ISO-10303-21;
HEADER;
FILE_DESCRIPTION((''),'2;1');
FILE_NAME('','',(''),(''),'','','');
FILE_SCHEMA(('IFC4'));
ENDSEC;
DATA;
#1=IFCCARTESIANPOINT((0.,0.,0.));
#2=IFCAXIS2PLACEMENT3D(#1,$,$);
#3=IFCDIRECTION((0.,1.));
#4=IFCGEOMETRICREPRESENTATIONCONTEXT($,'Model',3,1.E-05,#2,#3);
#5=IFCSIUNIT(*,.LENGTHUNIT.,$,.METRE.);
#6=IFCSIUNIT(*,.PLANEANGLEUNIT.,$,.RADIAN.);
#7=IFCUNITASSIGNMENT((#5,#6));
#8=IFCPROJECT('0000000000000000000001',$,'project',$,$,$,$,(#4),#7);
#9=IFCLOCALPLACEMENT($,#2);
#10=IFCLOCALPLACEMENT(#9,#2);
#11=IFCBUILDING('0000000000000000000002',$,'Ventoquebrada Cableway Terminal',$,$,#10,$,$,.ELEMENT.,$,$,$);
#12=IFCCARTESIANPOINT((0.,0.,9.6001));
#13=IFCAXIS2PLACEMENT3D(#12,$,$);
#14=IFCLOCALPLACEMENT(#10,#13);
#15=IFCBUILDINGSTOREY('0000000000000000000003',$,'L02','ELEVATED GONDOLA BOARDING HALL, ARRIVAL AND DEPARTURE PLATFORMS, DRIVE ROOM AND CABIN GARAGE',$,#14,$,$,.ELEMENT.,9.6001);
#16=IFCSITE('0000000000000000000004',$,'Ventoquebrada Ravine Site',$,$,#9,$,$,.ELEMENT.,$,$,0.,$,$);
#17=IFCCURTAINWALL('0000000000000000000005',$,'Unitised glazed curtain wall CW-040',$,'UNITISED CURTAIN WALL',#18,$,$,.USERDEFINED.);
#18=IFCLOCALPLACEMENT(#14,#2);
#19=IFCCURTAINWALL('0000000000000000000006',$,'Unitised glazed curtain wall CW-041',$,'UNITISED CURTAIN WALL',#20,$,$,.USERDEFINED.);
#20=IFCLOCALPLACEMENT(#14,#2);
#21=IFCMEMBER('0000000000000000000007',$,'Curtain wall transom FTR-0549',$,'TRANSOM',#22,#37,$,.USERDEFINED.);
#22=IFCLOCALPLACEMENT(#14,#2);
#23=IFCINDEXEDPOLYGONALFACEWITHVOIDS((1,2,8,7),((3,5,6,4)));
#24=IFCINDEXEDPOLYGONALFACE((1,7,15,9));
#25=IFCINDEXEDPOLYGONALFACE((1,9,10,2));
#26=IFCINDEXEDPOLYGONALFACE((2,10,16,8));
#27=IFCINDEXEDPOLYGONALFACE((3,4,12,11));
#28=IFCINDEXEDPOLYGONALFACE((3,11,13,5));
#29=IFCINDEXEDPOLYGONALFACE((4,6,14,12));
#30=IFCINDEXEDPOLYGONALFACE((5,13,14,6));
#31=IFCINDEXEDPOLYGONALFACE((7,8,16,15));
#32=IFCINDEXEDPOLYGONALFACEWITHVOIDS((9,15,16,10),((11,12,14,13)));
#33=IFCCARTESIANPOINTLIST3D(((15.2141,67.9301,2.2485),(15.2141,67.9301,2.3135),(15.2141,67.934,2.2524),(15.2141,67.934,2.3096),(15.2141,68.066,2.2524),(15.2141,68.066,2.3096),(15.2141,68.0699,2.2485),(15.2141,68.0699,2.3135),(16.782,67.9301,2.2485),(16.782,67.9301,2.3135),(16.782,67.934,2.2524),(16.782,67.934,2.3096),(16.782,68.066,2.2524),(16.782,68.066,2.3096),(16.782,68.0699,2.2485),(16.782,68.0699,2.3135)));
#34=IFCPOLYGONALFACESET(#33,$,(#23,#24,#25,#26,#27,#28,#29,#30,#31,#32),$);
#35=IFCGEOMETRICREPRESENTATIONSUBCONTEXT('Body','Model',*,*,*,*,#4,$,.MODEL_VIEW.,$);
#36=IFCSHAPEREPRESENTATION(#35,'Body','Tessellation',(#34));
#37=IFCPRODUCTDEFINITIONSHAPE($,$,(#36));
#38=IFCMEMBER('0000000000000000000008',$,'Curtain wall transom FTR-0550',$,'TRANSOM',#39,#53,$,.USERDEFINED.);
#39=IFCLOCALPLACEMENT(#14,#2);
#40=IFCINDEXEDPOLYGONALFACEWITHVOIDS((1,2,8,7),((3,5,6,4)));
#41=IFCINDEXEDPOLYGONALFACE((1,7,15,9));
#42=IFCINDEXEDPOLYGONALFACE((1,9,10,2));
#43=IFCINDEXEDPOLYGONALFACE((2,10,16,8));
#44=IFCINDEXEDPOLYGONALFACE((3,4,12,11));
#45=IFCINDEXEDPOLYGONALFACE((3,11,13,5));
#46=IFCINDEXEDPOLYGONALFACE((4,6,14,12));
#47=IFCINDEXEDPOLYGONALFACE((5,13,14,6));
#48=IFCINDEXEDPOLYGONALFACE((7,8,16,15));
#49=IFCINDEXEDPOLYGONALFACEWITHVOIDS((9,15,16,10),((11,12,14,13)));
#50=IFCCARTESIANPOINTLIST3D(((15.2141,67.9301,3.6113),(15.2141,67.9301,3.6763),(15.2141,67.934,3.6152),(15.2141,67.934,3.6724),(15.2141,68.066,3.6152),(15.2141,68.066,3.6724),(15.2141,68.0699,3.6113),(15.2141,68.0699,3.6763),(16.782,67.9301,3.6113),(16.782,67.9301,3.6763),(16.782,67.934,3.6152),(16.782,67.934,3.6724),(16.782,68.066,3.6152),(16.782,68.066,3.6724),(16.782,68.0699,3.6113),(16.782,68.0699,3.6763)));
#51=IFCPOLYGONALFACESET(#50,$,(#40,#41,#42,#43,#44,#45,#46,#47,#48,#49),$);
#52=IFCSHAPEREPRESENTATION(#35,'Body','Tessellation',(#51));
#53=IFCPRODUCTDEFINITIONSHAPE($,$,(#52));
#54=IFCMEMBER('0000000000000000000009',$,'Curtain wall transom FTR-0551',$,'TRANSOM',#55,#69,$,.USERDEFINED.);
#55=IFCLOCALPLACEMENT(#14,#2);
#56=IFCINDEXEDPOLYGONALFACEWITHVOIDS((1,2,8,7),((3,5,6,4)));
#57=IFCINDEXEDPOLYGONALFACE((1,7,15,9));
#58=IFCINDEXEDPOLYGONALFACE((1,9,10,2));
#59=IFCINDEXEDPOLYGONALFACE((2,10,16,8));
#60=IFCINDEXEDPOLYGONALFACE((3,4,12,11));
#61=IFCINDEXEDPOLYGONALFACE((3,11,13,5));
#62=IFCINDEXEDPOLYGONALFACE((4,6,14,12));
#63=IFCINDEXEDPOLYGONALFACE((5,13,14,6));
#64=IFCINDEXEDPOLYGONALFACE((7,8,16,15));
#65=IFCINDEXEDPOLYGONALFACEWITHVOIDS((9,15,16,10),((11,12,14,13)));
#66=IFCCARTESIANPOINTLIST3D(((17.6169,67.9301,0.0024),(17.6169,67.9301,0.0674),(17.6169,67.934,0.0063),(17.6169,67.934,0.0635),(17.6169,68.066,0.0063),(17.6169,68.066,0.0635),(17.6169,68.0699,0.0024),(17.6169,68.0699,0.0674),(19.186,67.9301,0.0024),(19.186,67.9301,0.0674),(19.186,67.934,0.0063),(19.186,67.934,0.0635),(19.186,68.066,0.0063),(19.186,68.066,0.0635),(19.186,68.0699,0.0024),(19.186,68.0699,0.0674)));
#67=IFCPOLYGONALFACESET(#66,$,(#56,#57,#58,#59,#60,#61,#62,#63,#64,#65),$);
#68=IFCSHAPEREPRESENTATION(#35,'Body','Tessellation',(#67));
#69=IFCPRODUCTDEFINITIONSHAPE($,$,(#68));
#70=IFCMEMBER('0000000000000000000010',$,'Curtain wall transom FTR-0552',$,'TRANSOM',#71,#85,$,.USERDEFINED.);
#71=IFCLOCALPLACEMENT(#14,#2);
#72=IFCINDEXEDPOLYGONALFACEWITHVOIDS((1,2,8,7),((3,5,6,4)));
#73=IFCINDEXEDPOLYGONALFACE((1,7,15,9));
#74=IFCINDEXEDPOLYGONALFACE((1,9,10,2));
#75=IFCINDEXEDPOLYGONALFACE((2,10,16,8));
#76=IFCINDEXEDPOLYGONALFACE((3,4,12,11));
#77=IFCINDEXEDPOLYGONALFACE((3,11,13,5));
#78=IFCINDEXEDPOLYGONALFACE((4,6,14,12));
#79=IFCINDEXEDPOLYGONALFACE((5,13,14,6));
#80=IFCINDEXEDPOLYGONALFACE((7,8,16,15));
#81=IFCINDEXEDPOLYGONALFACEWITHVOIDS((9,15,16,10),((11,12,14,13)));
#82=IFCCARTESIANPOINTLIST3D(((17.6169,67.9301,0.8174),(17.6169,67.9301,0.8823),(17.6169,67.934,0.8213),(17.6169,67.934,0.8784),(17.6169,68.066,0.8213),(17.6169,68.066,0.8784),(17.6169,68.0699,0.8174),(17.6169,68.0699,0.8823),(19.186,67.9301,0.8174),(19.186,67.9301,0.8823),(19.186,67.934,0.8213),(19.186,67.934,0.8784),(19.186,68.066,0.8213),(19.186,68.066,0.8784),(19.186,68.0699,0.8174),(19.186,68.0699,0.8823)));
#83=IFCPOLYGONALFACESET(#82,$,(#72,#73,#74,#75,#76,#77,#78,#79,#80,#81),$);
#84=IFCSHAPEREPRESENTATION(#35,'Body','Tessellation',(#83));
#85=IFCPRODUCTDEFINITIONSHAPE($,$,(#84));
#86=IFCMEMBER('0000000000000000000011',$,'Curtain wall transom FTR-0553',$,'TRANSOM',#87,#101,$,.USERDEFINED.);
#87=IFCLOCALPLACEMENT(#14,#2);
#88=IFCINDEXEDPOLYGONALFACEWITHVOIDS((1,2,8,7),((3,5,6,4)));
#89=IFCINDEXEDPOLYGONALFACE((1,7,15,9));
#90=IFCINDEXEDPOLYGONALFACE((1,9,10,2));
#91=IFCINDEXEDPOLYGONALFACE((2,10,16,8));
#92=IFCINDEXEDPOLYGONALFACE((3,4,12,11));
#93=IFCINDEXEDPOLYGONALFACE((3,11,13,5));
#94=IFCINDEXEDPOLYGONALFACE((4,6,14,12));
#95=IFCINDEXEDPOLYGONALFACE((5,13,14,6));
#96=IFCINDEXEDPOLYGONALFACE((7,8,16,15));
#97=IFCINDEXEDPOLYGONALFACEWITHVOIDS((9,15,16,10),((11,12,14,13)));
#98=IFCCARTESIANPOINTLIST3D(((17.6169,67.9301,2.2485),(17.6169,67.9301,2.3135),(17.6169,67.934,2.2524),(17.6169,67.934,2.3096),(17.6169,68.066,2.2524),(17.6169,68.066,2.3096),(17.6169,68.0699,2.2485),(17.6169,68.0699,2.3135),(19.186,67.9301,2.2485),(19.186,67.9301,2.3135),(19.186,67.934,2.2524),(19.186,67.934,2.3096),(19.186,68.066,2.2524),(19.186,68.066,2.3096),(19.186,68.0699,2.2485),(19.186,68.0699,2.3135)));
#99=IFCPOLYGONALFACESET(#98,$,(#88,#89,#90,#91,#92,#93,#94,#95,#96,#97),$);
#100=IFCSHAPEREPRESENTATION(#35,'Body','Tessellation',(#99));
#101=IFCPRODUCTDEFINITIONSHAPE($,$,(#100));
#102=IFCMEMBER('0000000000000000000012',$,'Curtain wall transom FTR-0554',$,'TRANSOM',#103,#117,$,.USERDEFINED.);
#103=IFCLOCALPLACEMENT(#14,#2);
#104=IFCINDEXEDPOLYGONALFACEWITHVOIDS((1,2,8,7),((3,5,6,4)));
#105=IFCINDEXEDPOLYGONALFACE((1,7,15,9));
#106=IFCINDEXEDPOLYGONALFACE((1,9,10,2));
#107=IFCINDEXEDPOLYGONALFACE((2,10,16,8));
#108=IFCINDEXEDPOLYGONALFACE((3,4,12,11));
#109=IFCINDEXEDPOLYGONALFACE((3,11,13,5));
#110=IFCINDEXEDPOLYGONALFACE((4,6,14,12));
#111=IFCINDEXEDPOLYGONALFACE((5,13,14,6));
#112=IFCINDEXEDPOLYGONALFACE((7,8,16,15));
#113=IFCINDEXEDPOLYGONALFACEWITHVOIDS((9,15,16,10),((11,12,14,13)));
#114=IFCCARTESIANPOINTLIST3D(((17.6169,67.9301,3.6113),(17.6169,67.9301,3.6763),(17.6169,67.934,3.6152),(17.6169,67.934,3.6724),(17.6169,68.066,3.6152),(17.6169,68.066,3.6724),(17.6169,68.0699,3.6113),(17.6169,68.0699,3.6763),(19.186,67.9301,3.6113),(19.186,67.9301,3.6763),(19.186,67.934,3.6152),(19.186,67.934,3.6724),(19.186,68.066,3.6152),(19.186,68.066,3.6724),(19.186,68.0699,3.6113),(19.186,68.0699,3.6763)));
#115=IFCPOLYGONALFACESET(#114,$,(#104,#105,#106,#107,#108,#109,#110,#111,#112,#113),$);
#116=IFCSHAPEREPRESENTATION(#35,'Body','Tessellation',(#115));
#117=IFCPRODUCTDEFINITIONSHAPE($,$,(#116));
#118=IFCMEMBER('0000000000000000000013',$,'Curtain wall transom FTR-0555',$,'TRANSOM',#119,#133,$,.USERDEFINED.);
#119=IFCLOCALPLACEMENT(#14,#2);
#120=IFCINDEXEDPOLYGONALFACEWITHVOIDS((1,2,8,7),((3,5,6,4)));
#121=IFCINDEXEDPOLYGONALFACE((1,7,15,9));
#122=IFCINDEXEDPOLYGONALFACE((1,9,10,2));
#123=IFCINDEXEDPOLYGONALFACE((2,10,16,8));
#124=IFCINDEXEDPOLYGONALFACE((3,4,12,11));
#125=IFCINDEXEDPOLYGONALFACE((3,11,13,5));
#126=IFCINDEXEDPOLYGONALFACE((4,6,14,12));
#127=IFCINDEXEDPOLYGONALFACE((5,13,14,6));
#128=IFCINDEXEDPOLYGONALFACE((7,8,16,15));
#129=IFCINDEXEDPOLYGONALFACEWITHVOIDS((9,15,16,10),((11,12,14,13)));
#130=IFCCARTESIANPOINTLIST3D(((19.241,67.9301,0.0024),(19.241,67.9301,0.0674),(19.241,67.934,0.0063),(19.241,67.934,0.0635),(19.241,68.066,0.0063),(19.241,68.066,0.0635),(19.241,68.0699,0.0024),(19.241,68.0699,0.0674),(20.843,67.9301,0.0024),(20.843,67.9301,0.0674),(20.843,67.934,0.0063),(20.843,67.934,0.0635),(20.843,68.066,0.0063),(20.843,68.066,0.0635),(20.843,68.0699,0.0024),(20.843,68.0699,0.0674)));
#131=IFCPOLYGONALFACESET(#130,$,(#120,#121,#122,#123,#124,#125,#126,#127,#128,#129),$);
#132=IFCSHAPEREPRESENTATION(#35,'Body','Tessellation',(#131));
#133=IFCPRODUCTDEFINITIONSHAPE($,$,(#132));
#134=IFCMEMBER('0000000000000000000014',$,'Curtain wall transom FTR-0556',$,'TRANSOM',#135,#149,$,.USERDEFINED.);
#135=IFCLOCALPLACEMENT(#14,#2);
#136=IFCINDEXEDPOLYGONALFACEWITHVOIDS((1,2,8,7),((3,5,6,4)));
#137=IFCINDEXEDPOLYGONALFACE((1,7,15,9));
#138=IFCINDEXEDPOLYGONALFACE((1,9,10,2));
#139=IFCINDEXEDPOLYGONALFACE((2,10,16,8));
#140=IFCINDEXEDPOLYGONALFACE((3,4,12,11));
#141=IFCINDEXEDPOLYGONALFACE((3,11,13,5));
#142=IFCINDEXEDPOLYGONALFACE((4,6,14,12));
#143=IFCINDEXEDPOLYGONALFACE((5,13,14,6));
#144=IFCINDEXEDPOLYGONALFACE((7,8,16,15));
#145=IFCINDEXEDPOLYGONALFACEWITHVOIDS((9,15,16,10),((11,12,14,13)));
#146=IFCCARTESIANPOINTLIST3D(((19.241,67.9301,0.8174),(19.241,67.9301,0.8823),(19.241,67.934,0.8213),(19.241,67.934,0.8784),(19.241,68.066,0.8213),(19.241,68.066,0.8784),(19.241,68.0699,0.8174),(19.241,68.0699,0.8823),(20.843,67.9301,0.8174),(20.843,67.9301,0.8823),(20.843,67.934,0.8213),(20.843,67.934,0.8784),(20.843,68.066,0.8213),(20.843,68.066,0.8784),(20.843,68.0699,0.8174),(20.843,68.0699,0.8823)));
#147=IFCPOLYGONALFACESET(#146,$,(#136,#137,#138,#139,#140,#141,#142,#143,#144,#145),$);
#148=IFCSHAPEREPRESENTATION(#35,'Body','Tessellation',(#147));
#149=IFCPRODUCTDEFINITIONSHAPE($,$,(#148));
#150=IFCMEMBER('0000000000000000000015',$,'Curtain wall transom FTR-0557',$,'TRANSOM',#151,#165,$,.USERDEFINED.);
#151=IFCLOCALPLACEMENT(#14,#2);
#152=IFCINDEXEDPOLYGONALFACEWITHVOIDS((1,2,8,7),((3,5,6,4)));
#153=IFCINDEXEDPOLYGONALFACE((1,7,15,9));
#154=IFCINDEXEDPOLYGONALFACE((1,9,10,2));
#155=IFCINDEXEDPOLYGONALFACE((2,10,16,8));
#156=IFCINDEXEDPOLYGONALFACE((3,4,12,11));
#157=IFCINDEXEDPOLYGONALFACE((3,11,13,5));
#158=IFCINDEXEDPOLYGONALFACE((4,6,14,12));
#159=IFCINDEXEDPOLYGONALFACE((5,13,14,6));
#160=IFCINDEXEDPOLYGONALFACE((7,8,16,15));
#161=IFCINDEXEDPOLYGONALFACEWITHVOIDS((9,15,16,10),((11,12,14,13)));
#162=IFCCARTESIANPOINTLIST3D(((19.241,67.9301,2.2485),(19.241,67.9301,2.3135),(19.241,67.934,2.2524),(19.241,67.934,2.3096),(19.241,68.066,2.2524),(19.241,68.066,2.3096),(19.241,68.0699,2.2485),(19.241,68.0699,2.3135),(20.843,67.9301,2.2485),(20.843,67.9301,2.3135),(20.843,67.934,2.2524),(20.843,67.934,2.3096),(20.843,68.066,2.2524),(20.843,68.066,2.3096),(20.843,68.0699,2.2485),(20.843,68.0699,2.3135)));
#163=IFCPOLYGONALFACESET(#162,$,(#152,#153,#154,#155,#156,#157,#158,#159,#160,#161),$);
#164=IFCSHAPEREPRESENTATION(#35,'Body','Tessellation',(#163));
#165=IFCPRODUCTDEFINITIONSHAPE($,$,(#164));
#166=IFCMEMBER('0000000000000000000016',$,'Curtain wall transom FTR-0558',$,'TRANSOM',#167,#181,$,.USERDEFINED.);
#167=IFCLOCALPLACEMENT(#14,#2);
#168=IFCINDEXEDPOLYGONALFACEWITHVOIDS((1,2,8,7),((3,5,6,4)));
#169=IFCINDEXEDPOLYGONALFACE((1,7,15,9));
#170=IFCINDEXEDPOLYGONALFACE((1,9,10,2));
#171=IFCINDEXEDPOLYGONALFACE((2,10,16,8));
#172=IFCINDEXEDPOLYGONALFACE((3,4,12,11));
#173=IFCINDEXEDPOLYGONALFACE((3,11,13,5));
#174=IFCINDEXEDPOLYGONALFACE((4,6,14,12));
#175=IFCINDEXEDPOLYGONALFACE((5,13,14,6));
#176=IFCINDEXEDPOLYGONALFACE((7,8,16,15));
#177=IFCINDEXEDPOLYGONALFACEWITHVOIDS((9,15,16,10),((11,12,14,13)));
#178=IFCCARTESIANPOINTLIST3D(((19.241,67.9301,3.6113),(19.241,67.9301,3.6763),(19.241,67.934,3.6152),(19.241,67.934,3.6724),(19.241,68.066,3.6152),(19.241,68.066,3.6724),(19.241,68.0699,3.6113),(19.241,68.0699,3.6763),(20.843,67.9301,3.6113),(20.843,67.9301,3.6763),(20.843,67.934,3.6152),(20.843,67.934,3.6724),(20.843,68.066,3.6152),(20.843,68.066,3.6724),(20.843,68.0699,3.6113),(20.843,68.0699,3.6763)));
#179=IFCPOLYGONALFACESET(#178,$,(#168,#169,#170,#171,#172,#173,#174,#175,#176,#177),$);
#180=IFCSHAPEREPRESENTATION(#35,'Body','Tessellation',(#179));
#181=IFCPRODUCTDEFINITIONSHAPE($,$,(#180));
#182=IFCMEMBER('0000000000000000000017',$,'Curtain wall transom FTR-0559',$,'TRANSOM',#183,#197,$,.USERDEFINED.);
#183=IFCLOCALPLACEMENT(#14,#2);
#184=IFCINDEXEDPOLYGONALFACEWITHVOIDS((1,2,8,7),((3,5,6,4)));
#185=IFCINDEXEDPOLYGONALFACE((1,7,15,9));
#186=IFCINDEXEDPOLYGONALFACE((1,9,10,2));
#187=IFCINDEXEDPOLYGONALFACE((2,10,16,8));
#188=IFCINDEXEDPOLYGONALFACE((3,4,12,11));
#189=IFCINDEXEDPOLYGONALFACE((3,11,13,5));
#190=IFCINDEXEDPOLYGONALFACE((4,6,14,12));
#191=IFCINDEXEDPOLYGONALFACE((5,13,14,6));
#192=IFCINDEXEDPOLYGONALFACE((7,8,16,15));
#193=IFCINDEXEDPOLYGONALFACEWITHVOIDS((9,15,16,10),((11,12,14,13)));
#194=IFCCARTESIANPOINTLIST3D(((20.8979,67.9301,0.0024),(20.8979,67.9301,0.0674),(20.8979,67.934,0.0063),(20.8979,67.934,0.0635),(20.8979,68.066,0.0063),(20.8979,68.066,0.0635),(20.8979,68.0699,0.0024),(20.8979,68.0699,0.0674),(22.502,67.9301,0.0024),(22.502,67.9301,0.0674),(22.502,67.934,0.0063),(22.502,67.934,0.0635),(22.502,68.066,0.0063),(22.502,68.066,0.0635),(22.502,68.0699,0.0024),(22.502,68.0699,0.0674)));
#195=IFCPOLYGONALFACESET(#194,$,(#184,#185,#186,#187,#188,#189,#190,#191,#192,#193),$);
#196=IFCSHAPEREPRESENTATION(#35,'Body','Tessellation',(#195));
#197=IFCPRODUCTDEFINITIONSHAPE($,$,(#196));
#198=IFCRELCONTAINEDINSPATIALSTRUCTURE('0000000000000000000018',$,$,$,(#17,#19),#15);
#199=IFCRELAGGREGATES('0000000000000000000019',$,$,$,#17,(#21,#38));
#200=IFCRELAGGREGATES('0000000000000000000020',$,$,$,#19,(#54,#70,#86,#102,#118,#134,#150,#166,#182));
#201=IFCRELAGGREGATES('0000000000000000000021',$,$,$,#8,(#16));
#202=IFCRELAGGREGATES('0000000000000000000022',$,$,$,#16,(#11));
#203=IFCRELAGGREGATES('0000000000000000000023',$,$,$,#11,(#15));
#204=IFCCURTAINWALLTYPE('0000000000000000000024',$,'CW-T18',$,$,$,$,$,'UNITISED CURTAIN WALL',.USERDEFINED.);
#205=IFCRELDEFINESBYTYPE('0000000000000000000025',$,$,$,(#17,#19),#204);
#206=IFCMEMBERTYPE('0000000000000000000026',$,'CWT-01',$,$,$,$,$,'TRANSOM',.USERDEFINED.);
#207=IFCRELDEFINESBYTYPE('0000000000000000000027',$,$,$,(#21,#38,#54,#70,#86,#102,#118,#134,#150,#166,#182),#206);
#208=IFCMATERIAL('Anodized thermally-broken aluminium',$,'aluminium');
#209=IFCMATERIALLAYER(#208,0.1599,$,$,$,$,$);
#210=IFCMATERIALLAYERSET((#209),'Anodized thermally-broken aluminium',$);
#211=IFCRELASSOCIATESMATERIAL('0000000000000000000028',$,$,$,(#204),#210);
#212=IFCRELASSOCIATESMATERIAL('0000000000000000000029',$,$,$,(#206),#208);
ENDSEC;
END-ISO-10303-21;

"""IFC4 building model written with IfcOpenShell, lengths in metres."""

from ifc_helpers import new_model, si_unit, direction, frame, origin, origin_2d, place, context, subcontext, project, spatial, hollow_rectangle, extrude, material, layer, layer_set, material_profile, profile_set, type_object, element, aggregate, save


model = new_model("IFC4")

# Units and contexts
model_context = context("Model", 3, precision=1e-05, world=origin(), true_north=direction((0.0, 1.0)))
body_context = subcontext(model_context, "Body", "Model", "MODEL_VIEW")
ifc_project = project(units=[si_unit("LENGTHUNIT", "METRE"), si_unit("PLANEANGLEUNIT", "RADIAN")], contexts=[model_context])

# Site, building, storey
site_placement = place(None, origin())
site = spatial("IfcSite", under=ifc_project, at=site_placement, Name="Ventoquebrada Ravine Site", CompositionType="ELEMENT", RefElevation=0.0)
building_placement = place(site_placement, origin())
building = spatial("IfcBuilding", under=site, at=building_placement, Name="Ventoquebrada Cableway Terminal", CompositionType="ELEMENT")
storey_placement = place(building_placement, frame((0.0, 0.0, 9.6001)))
storey = spatial("IfcBuildingStorey", under=building, at=storey_placement, Name="L02", Description="ELEVATED GONDOLA BOARDING HALL, ARRIVAL AND DEPARTURE PLATFORMS, DRIVE ROOM AND CABIN GARAGE", CompositionType="ELEMENT", Elevation=9.6001)

# Curtain walls
ifc_material_1 = material(Name="Anodized thermally-broken aluminium", Category="aluminium")
ifc_layer_1 = layer(ifc_material_1, 0.1599)
ifc_layer_set_1 = layer_set([ifc_layer_1], Name="Anodized thermally-broken aluminium")
curtain_wall_type = type_object("IfcCurtainWallType", Name="CW-T18", ElementType="UNITISED CURTAIN WALL", PredefinedType="USERDEFINED", material=ifc_layer_set_1)
curtain_wall_1_placement = place(storey_placement, origin())
curtain_wall_1 = element("IfcCurtainWall", 1, at=curtain_wall_1_placement, inside=storey, type_object=curtain_wall_type, Name="Unitised glazed curtain wall CW-040", ObjectType="UNITISED CURTAIN WALL", PredefinedType="USERDEFINED")
curtain_wall_2_placement = place(storey_placement, origin())
curtain_wall_2 = element("IfcCurtainWall", 2, at=curtain_wall_2_placement, inside=storey, type_object=curtain_wall_type, Name="Unitised glazed curtain wall CW-041", ObjectType="UNITISED CURTAIN WALL", PredefinedType="USERDEFINED")

# Members
ifc_material_profile_1 = material_profile(ifc_material_1, hollow_rectangle(XDim=0.0649, YDim=0.1399, WallThickness=0.0039, at=origin_2d()), Name="CW-TRN-65X140")
ifc_profile_set_1 = profile_set([ifc_material_profile_1], Name="Anodized thermally-broken aluminium")
member_type_1 = type_object("IfcMemberType", Name="CWT-01", ElementType="TRANSOM", PredefinedType="USERDEFINED", material=ifc_profile_set_1)
member_1_placement = place(storey_placement, frame((15.2141, 68.0, 2.281), z_axis=(1.0, 0.0, 0.0), x_axis=(0.0, 0.0, 1.0)))
member_1 = element("IfcMember", 3, at=member_1_placement, type_object=member_type_1, Name="Curtain wall transom FTR-0549", ObjectType="TRANSOM", PredefinedType="USERDEFINED", context=body_context, shape_type="SweptSolid", body=[
    extrude(hollow_rectangle(XDim=0.0649, YDim=0.1399, WallThickness=0.0039, at=origin_2d()), origin(), (0.0, 0.0, 1.0), 1.5679),
])
member_2_placement = place(storey_placement, frame((15.2141, 68.0, 3.6438), z_axis=(1.0, 0.0, 0.0), x_axis=(0.0, 0.0, 1.0)))
member_2 = element("IfcMember", 4, at=member_2_placement, type_object=member_type_1, Name="Curtain wall transom FTR-0550", ObjectType="TRANSOM", PredefinedType="USERDEFINED", context=body_context, shape_type="SweptSolid", body=[
    extrude(hollow_rectangle(XDim=0.0649, YDim=0.1399, WallThickness=0.0039, at=origin_2d()), origin(), (0.0, 0.0, 1.0), 1.5679),
])
member_3_placement = place(storey_placement, frame((17.6169, 68.0, 0.0349), z_axis=(1.0, 0.0, 0.0), x_axis=(0.0, 0.0, 1.0)))
member_3 = element("IfcMember", 5, at=member_3_placement, type_object=member_type_1, Name="Curtain wall transom FTR-0551", ObjectType="TRANSOM", PredefinedType="USERDEFINED", context=body_context, shape_type="SweptSolid", body=[
    extrude(hollow_rectangle(XDim=0.0649, YDim=0.1399, WallThickness=0.0039, at=origin_2d()), origin(), (0.0, 0.0, 1.0), 1.5691),
])
member_4_placement = place(storey_placement, frame((17.6169, 68.0, 0.8499), z_axis=(1.0, 0.0, 0.0), x_axis=(0.0, 0.0, 1.0)))
member_4 = element("IfcMember", 6, at=member_4_placement, type_object=member_type_1, Name="Curtain wall transom FTR-0552", ObjectType="TRANSOM", PredefinedType="USERDEFINED", context=body_context, shape_type="SweptSolid", body=[
    extrude(hollow_rectangle(XDim=0.0649, YDim=0.1399, WallThickness=0.0039, at=origin_2d()), origin(), (0.0, 0.0, 1.0), 1.5691),
])
member_5_placement = place(storey_placement, frame((17.6169, 68.0, 2.281), z_axis=(1.0, 0.0, 0.0), x_axis=(0.0, 0.0, 1.0)))
member_5 = element("IfcMember", 7, at=member_5_placement, type_object=member_type_1, Name="Curtain wall transom FTR-0553", ObjectType="TRANSOM", PredefinedType="USERDEFINED", context=body_context, shape_type="SweptSolid", body=[
    extrude(hollow_rectangle(XDim=0.0649, YDim=0.1399, WallThickness=0.0039, at=origin_2d()), origin(), (0.0, 0.0, 1.0), 1.5691),
])
member_6_placement = place(storey_placement, frame((17.6169, 68.0, 3.6438), z_axis=(1.0, 0.0, 0.0), x_axis=(0.0, 0.0, 1.0)))
member_6 = element("IfcMember", 8, at=member_6_placement, type_object=member_type_1, Name="Curtain wall transom FTR-0554", ObjectType="TRANSOM", PredefinedType="USERDEFINED", context=body_context, shape_type="SweptSolid", body=[
    extrude(hollow_rectangle(XDim=0.0649, YDim=0.1399, WallThickness=0.0039, at=origin_2d()), origin(), (0.0, 0.0, 1.0), 1.5691),
])
member_7_placement = place(storey_placement, frame((19.241, 68.0, 0.0349), z_axis=(1.0, 0.0, 0.0), x_axis=(0.0, 0.0, 1.0)))
member_7 = element("IfcMember", 9, at=member_7_placement, type_object=member_type_1, Name="Curtain wall transom FTR-0555", ObjectType="TRANSOM", PredefinedType="USERDEFINED", context=body_context, shape_type="SweptSolid", body=[
    extrude(hollow_rectangle(XDim=0.0649, YDim=0.1399, WallThickness=0.0039, at=origin_2d()), origin(), (0.0, 0.0, 1.0), 1.6021),
])
member_8_placement = place(storey_placement, frame((19.241, 68.0, 0.8499), z_axis=(1.0, 0.0, 0.0), x_axis=(0.0, 0.0, 1.0)))
member_8 = element("IfcMember", 10, at=member_8_placement, type_object=member_type_1, Name="Curtain wall transom FTR-0556", ObjectType="TRANSOM", PredefinedType="USERDEFINED", context=body_context, shape_type="SweptSolid", body=[
    extrude(hollow_rectangle(XDim=0.0649, YDim=0.1399, WallThickness=0.0039, at=origin_2d()), origin(), (0.0, 0.0, 1.0), 1.6021),
])
member_9_placement = place(storey_placement, frame((19.241, 68.0, 2.281), z_axis=(1.0, 0.0, 0.0), x_axis=(0.0, 0.0, 1.0)))
member_9 = element("IfcMember", 11, at=member_9_placement, type_object=member_type_1, Name="Curtain wall transom FTR-0557", ObjectType="TRANSOM", PredefinedType="USERDEFINED", context=body_context, shape_type="SweptSolid", body=[
    extrude(hollow_rectangle(XDim=0.0649, YDim=0.1399, WallThickness=0.0039, at=origin_2d()), origin(), (0.0, 0.0, 1.0), 1.6021),
])
member_10_placement = place(storey_placement, frame((19.241, 68.0, 3.6438), z_axis=(1.0, 0.0, 0.0), x_axis=(0.0, 0.0, 1.0)))
member_10 = element("IfcMember", 12, at=member_10_placement, type_object=member_type_1, Name="Curtain wall transom FTR-0558", ObjectType="TRANSOM", PredefinedType="USERDEFINED", context=body_context, shape_type="SweptSolid", body=[
    extrude(hollow_rectangle(XDim=0.0649, YDim=0.1399, WallThickness=0.0039, at=origin_2d()), origin(), (0.0, 0.0, 1.0), 1.6021),
])
member_11_placement = place(storey_placement, frame((20.8979, 68.0, 0.0349), z_axis=(1.0, 0.0, 0.0), x_axis=(0.0, 0.0, 1.0)))
member_11 = element("IfcMember", 13, at=member_11_placement, type_object=member_type_1, Name="Curtain wall transom FTR-0559", ObjectType="TRANSOM", PredefinedType="USERDEFINED", context=body_context, shape_type="SweptSolid", body=[
    extrude(hollow_rectangle(XDim=0.0649, YDim=0.1399, WallThickness=0.0039, at=origin_2d()), origin(), (0.0, 0.0, 1.0), 1.604),
])

aggregate(curtain_wall_1, [member_1, member_2])
aggregate(curtain_wall_2, [member_3, member_4, member_5, member_6, member_7, member_8, member_9, member_10, member_11])

save(model, "model.ifc")
